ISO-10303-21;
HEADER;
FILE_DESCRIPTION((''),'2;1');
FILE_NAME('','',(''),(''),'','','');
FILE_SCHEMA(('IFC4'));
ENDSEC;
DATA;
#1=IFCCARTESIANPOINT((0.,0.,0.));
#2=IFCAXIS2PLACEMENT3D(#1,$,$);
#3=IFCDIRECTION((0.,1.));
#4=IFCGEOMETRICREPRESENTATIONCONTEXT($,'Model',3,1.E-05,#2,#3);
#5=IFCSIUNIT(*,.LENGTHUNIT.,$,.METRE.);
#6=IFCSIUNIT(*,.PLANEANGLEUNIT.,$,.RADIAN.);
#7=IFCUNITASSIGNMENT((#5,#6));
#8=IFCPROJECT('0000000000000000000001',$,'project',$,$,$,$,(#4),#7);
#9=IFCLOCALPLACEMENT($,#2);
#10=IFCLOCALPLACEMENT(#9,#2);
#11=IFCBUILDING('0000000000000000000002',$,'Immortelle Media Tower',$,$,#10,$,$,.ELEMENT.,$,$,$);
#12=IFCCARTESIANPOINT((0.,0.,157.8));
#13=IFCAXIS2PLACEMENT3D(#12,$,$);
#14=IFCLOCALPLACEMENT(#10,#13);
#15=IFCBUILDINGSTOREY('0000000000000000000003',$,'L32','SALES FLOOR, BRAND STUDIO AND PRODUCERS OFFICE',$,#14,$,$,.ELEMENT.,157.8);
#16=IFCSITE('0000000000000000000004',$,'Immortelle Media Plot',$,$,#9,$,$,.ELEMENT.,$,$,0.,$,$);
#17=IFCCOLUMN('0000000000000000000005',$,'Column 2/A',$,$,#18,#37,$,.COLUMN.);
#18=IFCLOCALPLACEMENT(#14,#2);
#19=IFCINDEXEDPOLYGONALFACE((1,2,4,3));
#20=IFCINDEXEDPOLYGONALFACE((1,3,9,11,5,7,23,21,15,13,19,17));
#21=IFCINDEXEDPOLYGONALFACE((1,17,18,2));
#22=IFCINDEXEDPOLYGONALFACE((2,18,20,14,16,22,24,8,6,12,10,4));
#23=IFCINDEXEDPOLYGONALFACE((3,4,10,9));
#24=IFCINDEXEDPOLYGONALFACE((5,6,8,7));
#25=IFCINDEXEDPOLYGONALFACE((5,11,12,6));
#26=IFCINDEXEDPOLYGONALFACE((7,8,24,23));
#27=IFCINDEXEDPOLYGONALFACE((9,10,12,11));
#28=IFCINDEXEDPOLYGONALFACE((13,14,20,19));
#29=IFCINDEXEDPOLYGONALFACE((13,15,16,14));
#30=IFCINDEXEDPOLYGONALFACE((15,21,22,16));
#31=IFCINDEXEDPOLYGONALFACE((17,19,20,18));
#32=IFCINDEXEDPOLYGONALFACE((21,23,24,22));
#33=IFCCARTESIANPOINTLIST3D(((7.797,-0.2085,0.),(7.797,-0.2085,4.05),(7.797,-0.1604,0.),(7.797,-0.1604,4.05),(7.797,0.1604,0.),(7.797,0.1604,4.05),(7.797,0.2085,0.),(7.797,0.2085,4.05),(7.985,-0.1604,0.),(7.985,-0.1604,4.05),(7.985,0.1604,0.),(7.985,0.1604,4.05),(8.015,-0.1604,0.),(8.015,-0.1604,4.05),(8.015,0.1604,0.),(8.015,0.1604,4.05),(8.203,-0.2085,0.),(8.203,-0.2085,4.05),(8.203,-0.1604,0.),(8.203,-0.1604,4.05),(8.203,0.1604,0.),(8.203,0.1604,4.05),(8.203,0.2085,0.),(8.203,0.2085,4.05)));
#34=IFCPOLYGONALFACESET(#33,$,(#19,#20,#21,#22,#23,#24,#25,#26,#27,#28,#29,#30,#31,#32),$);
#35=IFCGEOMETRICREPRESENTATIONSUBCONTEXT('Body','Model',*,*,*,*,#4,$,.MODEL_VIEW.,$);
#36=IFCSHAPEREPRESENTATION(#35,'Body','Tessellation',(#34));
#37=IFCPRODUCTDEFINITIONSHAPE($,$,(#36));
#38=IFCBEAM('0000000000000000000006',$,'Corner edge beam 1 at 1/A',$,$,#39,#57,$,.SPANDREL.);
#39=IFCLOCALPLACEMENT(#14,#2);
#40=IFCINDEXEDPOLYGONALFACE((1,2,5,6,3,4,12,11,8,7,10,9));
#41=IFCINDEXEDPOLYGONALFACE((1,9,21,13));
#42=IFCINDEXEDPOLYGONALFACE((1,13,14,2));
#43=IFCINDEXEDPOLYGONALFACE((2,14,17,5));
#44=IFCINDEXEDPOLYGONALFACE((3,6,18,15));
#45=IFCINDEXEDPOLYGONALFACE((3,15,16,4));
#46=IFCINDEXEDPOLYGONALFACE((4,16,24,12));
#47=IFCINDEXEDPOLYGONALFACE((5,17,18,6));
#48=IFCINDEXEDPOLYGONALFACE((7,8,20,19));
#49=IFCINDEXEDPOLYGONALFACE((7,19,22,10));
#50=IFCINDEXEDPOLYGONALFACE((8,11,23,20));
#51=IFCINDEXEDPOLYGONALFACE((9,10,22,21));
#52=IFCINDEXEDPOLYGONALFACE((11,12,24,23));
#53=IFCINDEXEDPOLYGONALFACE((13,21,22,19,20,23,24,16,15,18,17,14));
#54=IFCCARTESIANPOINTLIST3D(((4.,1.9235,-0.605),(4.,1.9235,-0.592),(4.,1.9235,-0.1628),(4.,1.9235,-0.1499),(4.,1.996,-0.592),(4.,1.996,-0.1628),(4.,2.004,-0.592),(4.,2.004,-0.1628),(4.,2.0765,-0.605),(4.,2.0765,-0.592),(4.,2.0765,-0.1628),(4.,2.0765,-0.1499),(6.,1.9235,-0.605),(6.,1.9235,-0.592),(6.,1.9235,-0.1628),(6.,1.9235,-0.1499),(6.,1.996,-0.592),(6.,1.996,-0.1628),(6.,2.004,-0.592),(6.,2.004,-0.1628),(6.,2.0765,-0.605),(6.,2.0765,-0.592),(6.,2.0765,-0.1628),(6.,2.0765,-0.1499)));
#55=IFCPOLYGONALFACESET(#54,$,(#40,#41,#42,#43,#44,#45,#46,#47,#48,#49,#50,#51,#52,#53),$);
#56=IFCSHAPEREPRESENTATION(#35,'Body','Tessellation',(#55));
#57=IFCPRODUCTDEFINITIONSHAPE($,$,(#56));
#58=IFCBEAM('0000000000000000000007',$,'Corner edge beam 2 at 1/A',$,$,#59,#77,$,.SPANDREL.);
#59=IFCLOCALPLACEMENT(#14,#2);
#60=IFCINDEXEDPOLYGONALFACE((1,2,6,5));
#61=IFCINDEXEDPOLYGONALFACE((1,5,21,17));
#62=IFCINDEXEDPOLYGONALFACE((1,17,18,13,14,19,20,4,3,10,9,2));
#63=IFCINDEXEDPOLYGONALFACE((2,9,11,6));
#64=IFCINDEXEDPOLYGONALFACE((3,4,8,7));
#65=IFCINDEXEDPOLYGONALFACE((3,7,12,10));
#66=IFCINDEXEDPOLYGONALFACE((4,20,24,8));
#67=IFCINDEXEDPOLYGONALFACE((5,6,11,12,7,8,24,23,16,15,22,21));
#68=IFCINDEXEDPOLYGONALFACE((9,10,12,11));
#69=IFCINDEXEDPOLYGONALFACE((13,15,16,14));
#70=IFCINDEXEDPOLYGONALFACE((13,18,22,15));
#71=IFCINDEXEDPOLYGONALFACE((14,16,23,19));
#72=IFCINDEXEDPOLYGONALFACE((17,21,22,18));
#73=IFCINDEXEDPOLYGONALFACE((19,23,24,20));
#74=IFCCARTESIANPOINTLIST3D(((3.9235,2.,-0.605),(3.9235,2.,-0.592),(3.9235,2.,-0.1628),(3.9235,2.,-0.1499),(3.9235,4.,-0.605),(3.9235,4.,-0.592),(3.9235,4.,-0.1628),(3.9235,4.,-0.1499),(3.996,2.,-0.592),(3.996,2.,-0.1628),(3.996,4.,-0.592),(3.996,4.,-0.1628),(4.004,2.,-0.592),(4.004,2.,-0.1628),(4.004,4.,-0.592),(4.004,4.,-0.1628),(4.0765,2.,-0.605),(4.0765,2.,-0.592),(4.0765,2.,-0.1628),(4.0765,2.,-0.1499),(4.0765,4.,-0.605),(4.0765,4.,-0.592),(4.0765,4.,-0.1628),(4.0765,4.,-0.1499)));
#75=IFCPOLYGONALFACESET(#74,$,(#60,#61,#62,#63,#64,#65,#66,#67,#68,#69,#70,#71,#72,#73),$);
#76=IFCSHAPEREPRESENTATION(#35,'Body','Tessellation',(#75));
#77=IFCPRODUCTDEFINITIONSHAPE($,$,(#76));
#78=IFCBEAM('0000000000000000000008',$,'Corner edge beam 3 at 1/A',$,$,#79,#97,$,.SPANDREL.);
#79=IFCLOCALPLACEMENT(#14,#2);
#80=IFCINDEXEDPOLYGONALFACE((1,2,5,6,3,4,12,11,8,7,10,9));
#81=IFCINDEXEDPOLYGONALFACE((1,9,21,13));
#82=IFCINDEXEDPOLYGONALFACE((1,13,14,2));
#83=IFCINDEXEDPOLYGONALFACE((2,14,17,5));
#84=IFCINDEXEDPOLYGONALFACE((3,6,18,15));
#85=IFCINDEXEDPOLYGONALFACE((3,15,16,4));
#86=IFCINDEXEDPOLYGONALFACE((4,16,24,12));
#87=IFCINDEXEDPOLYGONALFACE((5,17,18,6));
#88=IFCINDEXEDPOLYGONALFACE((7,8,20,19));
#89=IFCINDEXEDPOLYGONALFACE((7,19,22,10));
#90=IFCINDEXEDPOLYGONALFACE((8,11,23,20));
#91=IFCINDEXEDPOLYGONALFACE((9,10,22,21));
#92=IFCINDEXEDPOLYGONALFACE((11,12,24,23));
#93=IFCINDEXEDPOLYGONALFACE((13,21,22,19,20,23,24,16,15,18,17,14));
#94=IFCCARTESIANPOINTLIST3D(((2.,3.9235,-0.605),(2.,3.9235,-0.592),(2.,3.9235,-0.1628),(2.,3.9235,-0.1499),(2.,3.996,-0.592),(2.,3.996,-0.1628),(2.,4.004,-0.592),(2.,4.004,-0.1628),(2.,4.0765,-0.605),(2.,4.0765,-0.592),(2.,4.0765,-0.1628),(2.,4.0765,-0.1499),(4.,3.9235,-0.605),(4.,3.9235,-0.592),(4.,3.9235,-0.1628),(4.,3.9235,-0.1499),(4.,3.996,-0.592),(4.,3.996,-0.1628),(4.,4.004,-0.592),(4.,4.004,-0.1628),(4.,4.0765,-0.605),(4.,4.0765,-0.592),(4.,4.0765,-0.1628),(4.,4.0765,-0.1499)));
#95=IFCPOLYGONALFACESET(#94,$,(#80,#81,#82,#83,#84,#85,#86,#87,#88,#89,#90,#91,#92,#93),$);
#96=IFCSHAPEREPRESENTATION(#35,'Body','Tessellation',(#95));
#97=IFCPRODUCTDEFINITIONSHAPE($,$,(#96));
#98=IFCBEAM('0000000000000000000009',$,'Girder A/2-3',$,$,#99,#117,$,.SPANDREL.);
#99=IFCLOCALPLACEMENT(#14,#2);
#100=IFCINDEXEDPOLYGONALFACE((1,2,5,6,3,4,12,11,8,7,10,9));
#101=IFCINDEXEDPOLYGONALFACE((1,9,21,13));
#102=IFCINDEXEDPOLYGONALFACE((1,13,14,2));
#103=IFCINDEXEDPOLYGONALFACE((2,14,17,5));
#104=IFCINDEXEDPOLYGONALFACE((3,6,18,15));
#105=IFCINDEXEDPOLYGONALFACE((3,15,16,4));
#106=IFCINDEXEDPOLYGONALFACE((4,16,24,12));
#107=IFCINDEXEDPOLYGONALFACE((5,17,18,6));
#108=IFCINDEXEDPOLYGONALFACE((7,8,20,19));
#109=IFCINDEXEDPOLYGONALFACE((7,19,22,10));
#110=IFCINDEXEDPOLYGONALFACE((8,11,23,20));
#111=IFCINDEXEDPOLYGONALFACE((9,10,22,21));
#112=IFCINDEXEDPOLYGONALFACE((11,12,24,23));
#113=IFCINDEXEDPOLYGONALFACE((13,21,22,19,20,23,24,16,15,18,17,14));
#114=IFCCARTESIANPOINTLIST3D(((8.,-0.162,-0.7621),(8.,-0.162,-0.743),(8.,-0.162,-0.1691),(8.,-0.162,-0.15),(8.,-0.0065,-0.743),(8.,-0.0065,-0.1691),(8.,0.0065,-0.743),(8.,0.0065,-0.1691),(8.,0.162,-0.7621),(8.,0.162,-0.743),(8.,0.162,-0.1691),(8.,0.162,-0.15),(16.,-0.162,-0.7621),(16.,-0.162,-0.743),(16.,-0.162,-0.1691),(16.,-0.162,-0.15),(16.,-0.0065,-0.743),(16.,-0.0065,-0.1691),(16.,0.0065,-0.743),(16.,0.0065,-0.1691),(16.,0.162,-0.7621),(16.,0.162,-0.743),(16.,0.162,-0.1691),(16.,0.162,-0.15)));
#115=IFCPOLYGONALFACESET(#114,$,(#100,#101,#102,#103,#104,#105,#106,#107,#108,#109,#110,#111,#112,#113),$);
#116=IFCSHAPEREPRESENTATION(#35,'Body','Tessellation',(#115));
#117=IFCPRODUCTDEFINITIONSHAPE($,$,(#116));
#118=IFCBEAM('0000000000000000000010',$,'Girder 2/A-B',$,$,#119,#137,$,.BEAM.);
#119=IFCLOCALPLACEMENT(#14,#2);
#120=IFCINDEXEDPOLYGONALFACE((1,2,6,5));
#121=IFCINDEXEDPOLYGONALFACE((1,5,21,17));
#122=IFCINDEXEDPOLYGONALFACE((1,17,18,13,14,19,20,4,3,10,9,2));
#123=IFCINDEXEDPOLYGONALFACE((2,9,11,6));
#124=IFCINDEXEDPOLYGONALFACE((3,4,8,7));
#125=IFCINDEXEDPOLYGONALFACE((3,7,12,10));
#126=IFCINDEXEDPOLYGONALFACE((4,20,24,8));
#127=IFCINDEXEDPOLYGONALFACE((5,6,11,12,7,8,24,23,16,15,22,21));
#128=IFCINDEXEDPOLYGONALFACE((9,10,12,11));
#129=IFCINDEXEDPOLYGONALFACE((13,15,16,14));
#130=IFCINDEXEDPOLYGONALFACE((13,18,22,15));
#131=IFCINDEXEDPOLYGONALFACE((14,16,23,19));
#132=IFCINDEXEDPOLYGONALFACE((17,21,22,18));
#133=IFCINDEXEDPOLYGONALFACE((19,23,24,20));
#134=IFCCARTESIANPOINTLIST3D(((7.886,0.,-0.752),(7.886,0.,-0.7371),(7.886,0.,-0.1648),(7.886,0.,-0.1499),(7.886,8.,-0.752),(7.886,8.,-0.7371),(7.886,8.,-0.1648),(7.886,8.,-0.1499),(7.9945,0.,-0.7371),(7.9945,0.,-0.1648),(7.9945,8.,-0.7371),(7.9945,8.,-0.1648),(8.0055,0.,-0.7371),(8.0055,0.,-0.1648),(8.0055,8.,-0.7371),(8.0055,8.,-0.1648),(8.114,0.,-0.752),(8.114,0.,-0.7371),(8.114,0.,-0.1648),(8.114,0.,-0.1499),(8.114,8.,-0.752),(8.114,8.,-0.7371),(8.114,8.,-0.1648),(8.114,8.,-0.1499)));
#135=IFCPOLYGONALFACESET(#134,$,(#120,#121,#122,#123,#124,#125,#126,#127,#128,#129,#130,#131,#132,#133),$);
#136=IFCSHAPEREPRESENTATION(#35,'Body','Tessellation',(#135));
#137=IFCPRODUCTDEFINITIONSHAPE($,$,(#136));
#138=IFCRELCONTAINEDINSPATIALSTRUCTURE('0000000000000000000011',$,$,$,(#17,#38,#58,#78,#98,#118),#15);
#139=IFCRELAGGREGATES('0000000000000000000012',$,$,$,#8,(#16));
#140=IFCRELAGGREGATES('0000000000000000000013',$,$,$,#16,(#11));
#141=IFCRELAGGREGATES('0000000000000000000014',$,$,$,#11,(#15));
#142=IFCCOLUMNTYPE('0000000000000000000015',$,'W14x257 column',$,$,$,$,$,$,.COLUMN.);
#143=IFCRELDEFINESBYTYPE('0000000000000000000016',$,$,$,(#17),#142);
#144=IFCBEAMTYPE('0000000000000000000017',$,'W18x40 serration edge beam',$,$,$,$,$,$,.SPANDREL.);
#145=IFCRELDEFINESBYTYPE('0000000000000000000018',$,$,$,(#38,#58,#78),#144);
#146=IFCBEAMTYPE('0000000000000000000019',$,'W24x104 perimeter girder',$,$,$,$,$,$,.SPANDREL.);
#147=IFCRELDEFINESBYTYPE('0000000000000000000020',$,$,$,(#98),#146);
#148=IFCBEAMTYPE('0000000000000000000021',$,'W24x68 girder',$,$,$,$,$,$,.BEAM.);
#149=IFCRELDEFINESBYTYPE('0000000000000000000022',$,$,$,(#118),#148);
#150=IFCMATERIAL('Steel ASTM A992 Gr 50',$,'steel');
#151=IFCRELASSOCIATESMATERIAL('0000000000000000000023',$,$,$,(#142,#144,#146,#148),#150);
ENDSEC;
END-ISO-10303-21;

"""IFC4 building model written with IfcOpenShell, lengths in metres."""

from ifc_helpers import new_model, si_unit, direction, frame, origin, origin_2d, place, context, subcontext, project, spatial, i_section, extrude, material, material_profile, profile_set, type_object, element, save


model = new_model("IFC4")

# Units and contexts
model_context = context("Model", 3, precision=1e-05, world=origin(), true_north=direction((0.0, 1.0)))
body_context = subcontext(model_context, "Body", "Model", "MODEL_VIEW")
ifc_project = project(units=[si_unit("LENGTHUNIT", "METRE"), si_unit("PLANEANGLEUNIT", "RADIAN")], contexts=[model_context])

# Site, building, storey
site_placement = place(None, origin())
site = spatial("IfcSite", under=ifc_project, at=site_placement, Name="Immortelle Media Plot", CompositionType="ELEMENT", RefElevation=0.0)
building_placement = place(site_placement, origin())
building = spatial("IfcBuilding", under=site, at=building_placement, Name="Immortelle Media Tower", CompositionType="ELEMENT")
storey_placement = place(building_placement, frame((0.0, 0.0, 157.8)))
storey = spatial("IfcBuildingStorey", under=building, at=storey_placement, Name="L32", Description="SALES FLOOR, BRAND STUDIO AND PRODUCERS OFFICE", CompositionType="ELEMENT", Elevation=157.8)

# Column
ifc_material_1 = material(Name="Steel ASTM A992 Gr 50", Category="steel")
ifc_material_profile_1 = material_profile(ifc_material_1, i_section(OverallWidth=0.406, OverallDepth=0.417, WebThickness=0.03, FlangeThickness=0.0481, at=origin_2d()), Name="W14x257")
ifc_profile_set_1 = profile_set([ifc_material_profile_1], Name="Steel ASTM A992 Gr 50")
column_type = type_object("IfcColumnType", Name="W14x257 column", PredefinedType="COLUMN", material=ifc_profile_set_1)
column_placement = place(storey_placement, frame((8.0, 0.0, 0.0), z_axis=(0.0, 0.0, 1.0), x_axis=(1.0, 0.0, 0.0)))
element("IfcColumn", 1, at=column_placement, inside=storey, type_object=column_type, Name="Column 2/A", PredefinedType="COLUMN", context=body_context, shape_type="SweptSolid", body=[
    extrude(i_section(OverallWidth=0.406, OverallDepth=0.417, WebThickness=0.03, FlangeThickness=0.0481, at=origin_2d()), origin(), (0.0, 0.0, 1.0), 4.05),
])

# Beams
ifc_material_profile_2 = material_profile(ifc_material_1, i_section(OverallWidth=0.1531, OverallDepth=0.4551, WebThickness=0.0081, FlangeThickness=0.0129, at=origin_2d()), Name="W18x40")
ifc_profile_set_2 = profile_set([ifc_material_profile_2], Name="Steel ASTM A992 Gr 50")
beam_type_1 = type_object("IfcBeamType", Name="W18x40 serration edge beam", PredefinedType="SPANDREL", material=ifc_profile_set_2)
for number, where, z_axis, x_axis, name in (
    (2, (6.0, 2.0, -0.3774), (-1.0, 0.0, 0.0), (0.0, -1.0, 0.0), "Corner edge beam 1 at 1/A"),
    (3, (4.0, 2.0, -0.3774), (0.0, 1.0, 0.0), (-1.0, 0.0, 0.0), "Corner edge beam 2 at 1/A"),
    (4, (4.0, 4.0, -0.3774), (-1.0, 0.0, 0.0), (0.0, -1.0, 0.0), "Corner edge beam 3 at 1/A"),
):
    element("IfcBeam", number, at=place(storey_placement, frame(where, z_axis=z_axis, x_axis=x_axis)), inside=storey, type_object=beam_type_1, Name=name, PredefinedType="SPANDREL", context=body_context, shape_type="SweptSolid", body=[
        extrude(i_section(OverallWidth=0.1531, OverallDepth=0.4551, WebThickness=0.0081, FlangeThickness=0.0129, at=origin_2d()), origin(), (0.0, 0.0, 1.0), 2.0),
    ])
ifc_material_profile_3 = material_profile(ifc_material_1, i_section(OverallWidth=0.324, OverallDepth=0.6121, WebThickness=0.0129, FlangeThickness=0.019, at=origin_2d()), Name="W24x104")
ifc_profile_set_3 = profile_set([ifc_material_profile_3], Name="Steel ASTM A992 Gr 50")
beam_type_2 = type_object("IfcBeamType", Name="W24x104 perimeter girder", PredefinedType="SPANDREL", material=ifc_profile_set_3)
beam_1_placement = place(storey_placement, frame((8.0, 0.0, -0.4561), z_axis=(1.0, 0.0, 0.0), x_axis=(0.0, 1.0, 0.0)))
element("IfcBeam", 5, at=beam_1_placement, inside=storey, type_object=beam_type_2, Name="Girder A/2-3", PredefinedType="SPANDREL", context=body_context, shape_type="SweptSolid", body=[
    extrude(i_section(OverallWidth=0.324, OverallDepth=0.6121, WebThickness=0.0129, FlangeThickness=0.019, at=origin_2d()), origin(), (0.0, 0.0, 1.0), 8.0),
])
ifc_material_profile_4 = material_profile(ifc_material_1, i_section(OverallWidth=0.228, OverallDepth=0.6021, WebThickness=0.011, FlangeThickness=0.0149, at=origin_2d()), Name="W24x68")
ifc_profile_set_4 = profile_set([ifc_material_profile_4], Name="Steel ASTM A992 Gr 50")
beam_type_3 = type_object("IfcBeamType", Name="W24x68 girder", PredefinedType="BEAM", material=ifc_profile_set_4)
beam_2_placement = place(storey_placement, frame((8.0, 0.0, -0.4509), z_axis=(0.0, 1.0, 0.0), x_axis=(-1.0, 0.0, 0.0)))
element("IfcBeam", 6, at=beam_2_placement, inside=storey, type_object=beam_type_3, Name="Girder 2/A-B", PredefinedType="BEAM", context=body_context, shape_type="SweptSolid", body=[
    extrude(i_section(OverallWidth=0.228, OverallDepth=0.6021, WebThickness=0.011, FlangeThickness=0.0149, at=origin_2d()), origin(), (0.0, 0.0, 1.0), 8.0),
])

save(model, "model.ifc")
